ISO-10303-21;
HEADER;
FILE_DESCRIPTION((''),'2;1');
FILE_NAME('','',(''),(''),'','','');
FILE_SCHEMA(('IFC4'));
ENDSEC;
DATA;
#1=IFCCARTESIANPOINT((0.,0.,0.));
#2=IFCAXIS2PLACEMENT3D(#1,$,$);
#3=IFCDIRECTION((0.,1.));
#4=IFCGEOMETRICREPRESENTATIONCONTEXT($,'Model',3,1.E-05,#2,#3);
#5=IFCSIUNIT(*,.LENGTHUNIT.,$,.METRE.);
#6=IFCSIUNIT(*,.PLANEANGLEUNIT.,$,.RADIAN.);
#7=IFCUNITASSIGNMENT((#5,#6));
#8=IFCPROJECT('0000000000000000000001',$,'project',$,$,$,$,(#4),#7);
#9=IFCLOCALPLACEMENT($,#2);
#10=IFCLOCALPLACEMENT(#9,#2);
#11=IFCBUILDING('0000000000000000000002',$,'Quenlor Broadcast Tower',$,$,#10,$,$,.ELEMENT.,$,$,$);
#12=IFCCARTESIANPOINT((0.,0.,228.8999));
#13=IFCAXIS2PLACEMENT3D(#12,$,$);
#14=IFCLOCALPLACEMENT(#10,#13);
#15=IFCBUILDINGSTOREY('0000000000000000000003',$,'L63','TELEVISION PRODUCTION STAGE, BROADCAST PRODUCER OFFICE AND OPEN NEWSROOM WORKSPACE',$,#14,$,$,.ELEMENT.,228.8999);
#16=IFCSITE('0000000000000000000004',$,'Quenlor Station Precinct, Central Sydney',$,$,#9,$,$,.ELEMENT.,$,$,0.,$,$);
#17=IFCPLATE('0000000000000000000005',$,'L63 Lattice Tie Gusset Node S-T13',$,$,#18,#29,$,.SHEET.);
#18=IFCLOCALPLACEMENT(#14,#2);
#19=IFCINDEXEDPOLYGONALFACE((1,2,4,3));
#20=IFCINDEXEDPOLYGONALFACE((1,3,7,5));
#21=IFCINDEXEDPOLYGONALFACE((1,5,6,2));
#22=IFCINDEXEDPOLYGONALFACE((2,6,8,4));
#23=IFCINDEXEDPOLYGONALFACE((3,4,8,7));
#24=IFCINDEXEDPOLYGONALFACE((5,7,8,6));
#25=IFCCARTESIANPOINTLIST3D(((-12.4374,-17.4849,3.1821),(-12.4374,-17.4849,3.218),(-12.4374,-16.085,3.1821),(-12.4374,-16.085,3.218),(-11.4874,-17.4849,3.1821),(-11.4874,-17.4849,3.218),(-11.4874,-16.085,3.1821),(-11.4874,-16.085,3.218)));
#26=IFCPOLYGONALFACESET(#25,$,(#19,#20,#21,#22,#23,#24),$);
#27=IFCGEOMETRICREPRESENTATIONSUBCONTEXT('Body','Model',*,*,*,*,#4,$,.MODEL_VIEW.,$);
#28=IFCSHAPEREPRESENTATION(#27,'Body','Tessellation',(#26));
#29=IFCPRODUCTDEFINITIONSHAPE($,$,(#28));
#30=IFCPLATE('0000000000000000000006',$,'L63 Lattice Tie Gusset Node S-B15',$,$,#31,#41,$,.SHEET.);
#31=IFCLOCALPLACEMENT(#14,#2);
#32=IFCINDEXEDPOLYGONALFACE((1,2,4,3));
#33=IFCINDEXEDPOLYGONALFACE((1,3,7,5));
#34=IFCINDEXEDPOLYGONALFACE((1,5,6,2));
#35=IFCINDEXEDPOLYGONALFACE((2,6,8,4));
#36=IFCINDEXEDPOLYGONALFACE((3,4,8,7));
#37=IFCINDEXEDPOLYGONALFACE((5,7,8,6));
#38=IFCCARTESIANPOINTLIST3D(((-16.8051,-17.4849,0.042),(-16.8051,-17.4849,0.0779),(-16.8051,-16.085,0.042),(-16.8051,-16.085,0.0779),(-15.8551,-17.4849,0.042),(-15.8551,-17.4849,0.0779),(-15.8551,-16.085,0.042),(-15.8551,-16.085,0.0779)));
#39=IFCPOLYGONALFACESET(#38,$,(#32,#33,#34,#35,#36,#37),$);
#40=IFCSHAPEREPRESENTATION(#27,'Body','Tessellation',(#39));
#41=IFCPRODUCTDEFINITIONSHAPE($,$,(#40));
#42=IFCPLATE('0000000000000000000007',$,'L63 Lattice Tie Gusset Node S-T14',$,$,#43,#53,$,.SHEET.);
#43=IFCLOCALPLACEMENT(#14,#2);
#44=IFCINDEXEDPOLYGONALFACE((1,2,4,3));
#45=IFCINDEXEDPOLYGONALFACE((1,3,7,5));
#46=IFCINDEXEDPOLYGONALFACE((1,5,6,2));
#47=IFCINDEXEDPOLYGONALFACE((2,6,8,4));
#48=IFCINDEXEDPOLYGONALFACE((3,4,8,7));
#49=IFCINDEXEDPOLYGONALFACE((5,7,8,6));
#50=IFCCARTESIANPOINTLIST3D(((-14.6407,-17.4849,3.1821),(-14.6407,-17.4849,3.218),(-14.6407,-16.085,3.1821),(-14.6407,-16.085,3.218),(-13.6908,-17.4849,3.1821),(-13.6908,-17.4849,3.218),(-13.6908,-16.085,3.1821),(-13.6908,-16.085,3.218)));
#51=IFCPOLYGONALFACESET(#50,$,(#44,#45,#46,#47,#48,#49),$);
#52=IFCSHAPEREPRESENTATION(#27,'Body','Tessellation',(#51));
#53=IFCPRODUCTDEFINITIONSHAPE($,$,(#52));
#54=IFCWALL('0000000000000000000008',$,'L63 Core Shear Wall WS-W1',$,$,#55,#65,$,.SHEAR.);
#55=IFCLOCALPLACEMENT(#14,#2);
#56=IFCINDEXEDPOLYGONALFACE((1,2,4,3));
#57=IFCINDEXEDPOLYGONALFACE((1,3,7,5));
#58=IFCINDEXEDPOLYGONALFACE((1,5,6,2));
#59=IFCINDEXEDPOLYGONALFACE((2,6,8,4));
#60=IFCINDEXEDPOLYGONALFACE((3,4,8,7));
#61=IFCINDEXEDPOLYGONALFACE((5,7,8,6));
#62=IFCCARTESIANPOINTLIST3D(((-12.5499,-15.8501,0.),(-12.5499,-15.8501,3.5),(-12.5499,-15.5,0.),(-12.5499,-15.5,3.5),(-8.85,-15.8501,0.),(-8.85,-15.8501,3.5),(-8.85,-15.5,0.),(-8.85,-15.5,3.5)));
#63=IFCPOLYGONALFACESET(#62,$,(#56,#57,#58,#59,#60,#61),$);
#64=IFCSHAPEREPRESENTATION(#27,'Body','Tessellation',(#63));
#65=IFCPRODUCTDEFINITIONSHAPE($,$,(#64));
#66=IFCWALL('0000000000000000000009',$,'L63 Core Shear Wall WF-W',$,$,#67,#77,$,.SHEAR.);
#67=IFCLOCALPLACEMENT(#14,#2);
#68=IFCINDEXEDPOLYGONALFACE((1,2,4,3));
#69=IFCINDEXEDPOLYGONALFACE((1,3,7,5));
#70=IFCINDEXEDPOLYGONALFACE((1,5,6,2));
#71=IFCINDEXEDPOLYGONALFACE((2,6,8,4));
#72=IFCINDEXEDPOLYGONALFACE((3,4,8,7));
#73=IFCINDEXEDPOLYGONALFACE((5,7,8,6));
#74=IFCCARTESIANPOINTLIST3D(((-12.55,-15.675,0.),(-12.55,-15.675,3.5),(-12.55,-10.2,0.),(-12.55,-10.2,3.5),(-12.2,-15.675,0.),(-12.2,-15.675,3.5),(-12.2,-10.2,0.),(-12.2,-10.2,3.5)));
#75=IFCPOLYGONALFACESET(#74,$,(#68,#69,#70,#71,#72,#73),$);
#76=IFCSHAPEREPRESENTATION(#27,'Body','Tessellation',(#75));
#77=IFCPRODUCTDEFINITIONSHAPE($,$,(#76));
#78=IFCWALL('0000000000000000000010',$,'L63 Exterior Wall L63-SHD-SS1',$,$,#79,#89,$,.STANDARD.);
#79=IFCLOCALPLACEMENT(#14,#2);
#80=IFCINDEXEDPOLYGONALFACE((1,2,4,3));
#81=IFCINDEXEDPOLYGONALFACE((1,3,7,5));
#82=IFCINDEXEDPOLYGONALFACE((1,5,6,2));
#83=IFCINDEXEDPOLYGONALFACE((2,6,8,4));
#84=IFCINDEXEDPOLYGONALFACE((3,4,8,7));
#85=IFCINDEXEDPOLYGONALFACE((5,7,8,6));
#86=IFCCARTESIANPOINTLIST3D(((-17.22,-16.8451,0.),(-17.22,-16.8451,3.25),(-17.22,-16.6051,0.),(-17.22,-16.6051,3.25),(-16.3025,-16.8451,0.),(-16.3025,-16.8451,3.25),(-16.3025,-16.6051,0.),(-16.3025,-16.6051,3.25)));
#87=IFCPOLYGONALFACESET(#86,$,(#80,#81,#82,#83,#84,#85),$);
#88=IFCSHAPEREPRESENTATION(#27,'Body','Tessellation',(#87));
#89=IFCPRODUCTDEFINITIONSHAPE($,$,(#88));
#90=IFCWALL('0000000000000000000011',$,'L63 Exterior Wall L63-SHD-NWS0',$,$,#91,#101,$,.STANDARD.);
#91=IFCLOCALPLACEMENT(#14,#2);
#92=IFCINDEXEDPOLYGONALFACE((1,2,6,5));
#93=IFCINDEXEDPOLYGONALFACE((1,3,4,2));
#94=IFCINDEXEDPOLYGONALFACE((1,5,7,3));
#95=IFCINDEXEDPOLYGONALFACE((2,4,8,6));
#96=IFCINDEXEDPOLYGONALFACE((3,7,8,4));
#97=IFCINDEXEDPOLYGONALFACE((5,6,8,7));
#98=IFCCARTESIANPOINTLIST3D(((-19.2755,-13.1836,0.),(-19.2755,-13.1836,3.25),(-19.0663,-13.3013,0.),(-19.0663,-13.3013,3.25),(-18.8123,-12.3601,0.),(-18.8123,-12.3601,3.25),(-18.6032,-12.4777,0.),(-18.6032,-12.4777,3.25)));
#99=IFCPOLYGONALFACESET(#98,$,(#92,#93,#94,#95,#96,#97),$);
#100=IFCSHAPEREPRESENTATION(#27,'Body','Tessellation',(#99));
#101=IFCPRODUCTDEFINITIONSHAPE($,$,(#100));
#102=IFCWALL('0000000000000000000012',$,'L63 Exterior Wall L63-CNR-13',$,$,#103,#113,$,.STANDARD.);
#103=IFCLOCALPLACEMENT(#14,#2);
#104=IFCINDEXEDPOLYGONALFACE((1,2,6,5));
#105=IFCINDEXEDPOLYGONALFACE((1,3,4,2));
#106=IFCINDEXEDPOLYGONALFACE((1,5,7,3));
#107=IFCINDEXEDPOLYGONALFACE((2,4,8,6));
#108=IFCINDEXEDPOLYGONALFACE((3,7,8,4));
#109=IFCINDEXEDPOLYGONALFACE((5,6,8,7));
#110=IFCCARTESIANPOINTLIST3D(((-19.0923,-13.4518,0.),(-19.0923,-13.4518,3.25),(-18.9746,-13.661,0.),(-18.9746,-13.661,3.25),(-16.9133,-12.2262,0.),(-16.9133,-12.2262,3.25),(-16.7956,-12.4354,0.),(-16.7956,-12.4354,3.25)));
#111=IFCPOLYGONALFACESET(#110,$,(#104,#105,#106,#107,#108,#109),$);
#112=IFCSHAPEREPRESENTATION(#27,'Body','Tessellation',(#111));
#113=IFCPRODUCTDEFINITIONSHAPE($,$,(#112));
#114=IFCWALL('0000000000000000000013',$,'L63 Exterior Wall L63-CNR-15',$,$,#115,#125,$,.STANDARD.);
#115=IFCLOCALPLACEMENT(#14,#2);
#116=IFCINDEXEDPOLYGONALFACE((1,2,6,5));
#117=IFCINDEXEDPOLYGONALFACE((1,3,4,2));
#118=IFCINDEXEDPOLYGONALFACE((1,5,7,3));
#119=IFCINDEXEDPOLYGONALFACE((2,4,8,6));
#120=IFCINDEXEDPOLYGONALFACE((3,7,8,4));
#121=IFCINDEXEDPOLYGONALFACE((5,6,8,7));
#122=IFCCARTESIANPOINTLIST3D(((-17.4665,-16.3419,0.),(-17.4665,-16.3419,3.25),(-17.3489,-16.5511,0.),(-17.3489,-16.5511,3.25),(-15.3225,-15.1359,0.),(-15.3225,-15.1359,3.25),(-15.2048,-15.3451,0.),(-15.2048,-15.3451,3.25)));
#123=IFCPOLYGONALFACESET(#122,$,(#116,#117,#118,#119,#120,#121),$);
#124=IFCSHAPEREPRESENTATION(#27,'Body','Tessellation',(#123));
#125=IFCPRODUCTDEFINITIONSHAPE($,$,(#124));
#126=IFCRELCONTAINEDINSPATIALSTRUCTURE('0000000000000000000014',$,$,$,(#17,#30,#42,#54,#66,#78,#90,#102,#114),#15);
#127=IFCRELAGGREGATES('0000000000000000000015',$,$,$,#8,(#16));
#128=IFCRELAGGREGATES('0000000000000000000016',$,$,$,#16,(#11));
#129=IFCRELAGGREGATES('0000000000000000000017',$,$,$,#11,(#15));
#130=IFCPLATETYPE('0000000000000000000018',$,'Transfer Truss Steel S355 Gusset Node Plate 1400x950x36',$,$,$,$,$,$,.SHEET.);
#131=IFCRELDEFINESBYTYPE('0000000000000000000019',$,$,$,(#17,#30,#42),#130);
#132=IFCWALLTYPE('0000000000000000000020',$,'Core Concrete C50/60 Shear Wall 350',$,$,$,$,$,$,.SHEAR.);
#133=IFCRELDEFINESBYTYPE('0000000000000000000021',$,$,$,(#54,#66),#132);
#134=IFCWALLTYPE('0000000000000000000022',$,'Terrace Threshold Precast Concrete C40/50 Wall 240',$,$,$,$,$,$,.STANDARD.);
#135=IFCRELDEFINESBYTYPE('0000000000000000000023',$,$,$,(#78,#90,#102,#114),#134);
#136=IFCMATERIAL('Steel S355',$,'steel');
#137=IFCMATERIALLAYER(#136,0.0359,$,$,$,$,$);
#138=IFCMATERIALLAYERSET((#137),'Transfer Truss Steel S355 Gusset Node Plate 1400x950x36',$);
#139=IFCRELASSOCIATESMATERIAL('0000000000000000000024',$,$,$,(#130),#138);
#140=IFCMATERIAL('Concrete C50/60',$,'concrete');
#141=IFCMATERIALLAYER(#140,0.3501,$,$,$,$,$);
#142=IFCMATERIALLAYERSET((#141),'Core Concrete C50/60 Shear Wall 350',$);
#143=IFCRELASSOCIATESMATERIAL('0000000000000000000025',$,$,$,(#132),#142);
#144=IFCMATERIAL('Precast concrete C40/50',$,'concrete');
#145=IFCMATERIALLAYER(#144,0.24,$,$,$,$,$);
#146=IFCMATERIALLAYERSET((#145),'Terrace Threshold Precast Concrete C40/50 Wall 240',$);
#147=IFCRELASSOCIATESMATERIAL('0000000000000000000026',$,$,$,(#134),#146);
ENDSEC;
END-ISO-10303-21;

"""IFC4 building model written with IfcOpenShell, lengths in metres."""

from ifc_helpers import new_model, si_unit, direction, frame, frame_2d, origin, origin_2d, place, context, subcontext, project, spatial, rectangle, extrude, material, layer, layer_set, type_object, element, save


model = new_model("IFC4")

# Units and contexts
model_context = context("Model", 3, precision=1e-05, world=origin(), true_north=direction((0.0, 1.0)))
body_context = subcontext(model_context, "Body", "Model", "MODEL_VIEW")
ifc_project = project(units=[si_unit("LENGTHUNIT", "METRE"), si_unit("PLANEANGLEUNIT", "RADIAN")], contexts=[model_context])

# Site, building, storey
site_placement = place(None, origin())
site = spatial("IfcSite", under=ifc_project, at=site_placement, Name="Quenlor Station Precinct, Central Sydney", CompositionType="ELEMENT", RefElevation=0.0)
building_placement = place(site_placement, origin())
building = spatial("IfcBuilding", under=site, at=building_placement, Name="Quenlor Broadcast Tower", CompositionType="ELEMENT")
storey_placement = place(building_placement, frame((0.0, 0.0, 228.8999)))
storey = spatial("IfcBuildingStorey", under=building, at=storey_placement, Name="L63", Description="TELEVISION PRODUCTION STAGE, BROADCAST PRODUCER OFFICE AND OPEN NEWSROOM WORKSPACE", CompositionType="ELEMENT", Elevation=228.8999)

# Plates
ifc_material_1 = material(Name="Steel S355", Category="steel")
ifc_layer_1 = layer(ifc_material_1, 0.0359)
ifc_layer_set_1 = layer_set([ifc_layer_1], Name="Transfer Truss Steel S355 Gusset Node Plate 1400x950x36")
plate_type = type_object("IfcPlateType", Name="Transfer Truss Steel S355 Gusset Node Plate 1400x950x36", PredefinedType="SHEET", material=ifc_layer_set_1)
for number, where, z_axis, x_axis, name in (
    (1, (-11.9624, -16.7849, 3.1821), (0.0, 0.0, 1.0), (0.0, -1.0, 0.0), "L63 Lattice Tie Gusset Node S-T13"),
    (2, (-16.3301, -16.7849, 0.042), (0.0, 0.0, 1.0), (0.0, -1.0, 0.0), "L63 Lattice Tie Gusset Node S-B15"),
    (3, (-14.1658, -16.7849, 3.1821), (0.0, 0.0, 1.0), (0.0, -1.0, 0.0), "L63 Lattice Tie Gusset Node S-T14"),
):
    element("IfcPlate", number, at=place(storey_placement, frame(where, z_axis=z_axis, x_axis=x_axis)), inside=storey, type_object=plate_type, Name=name, PredefinedType="SHEET", context=body_context, shape_type="SweptSolid", body=[
        extrude(rectangle(XDim=1.3999, YDim=0.95, at=origin_2d()), origin(), (0.0, 0.0, 1.0), 0.0359),
    ])

# Walls
ifc_material_2 = material(Name="Concrete C50/60", Category="concrete")
ifc_layer_2 = layer(ifc_material_2, 0.3501)
ifc_layer_set_2 = layer_set([ifc_layer_2], Name="Core Concrete C50/60 Shear Wall 350")
wall_type_1 = type_object("IfcWallType", Name="Core Concrete C50/60 Shear Wall 350", PredefinedType="SHEAR", material=ifc_layer_set_2)
wall_1_placement = place(storey_placement, frame((-12.55, -15.675, 0.0), z_axis=(0.0, 0.0, 1.0), x_axis=(1.0, 0.0, 0.0)))
element("IfcWall", 4, at=wall_1_placement, inside=storey, type_object=wall_type_1, Name="L63 Core Shear Wall WS-W1", PredefinedType="SHEAR", context=body_context, shape_type="SweptSolid", body=[
    extrude(rectangle(XDim=3.7, YDim=0.3501, at=frame_2d((1.8501, 0.0))), origin(), (0.0, 0.0, 1.0), 3.5),
])
wall_2_placement = place(storey_placement, frame((-12.375, -15.675, 0.0), z_axis=(0.0, 0.0, 1.0), x_axis=(0.0, 1.0, 0.0)))
element("IfcWall", 5, at=wall_2_placement, inside=storey, type_object=wall_type_1, Name="L63 Core Shear Wall WF-W", PredefinedType="SHEAR", context=body_context, shape_type="SweptSolid", body=[
    extrude(rectangle(XDim=5.4751, YDim=0.3501, at=frame_2d((2.7375, 0.0))), origin(), (0.0, 0.0, 1.0), 3.5),
])
ifc_material_3 = material(Name="Precast concrete C40/50", Category="concrete")
ifc_layer_3 = layer(ifc_material_3, 0.24)
ifc_layer_set_3 = layer_set([ifc_layer_3], Name="Terrace Threshold Precast Concrete C40/50 Wall 240")
wall_type_2 = type_object("IfcWallType", Name="Terrace Threshold Precast Concrete C40/50 Wall 240", PredefinedType="STANDARD", material=ifc_layer_set_3)
wall_3_placement = place(storey_placement, frame((-16.3025, -16.7251, 0.0), z_axis=(0.0, 0.0, 1.0), x_axis=(-1.0, 0.0, 0.0)))
element("IfcWall", 6, at=wall_3_placement, inside=storey, type_object=wall_type_2, Name="L63 Exterior Wall L63-SHD-SS1", PredefinedType="STANDARD", context=body_context, shape_type="SweptSolid", body=[
    extrude(rectangle(XDim=0.9175, YDim=0.24, at=frame_2d((0.4587, 0.0))), origin(), (0.0, 0.0, 1.0), 3.25),
])
wall_4_placement = place(storey_placement, frame((-19.1709, -13.2424, 0.0), z_axis=(0.0, 0.0, 1.0), x_axis=(0.4902, 0.87161, 0.0)))
element("IfcWall", 7, at=wall_4_placement, inside=storey, type_object=wall_type_2, Name="L63 Exterior Wall L63-SHD-NWS0", PredefinedType="STANDARD", context=body_context, shape_type="SweptSolid", body=[
    extrude(rectangle(XDim=0.9448, YDim=0.24, at=frame_2d((0.4724, 0.0))), origin(), (0.0, 0.0, 1.0), 3.25),
])
wall_5_placement = place(storey_placement, frame((-19.0334, -13.5564, 0.0), z_axis=(0.0, 0.0, 1.0), x_axis=(0.871589, 0.490238, 0.0)))
element("IfcWall", 8, at=wall_5_placement, inside=storey, type_object=wall_type_2, Name="L63 Exterior Wall L63-CNR-13", PredefinedType="STANDARD", context=body_context, shape_type="SweptSolid", body=[
    extrude(rectangle(XDim=2.5, YDim=0.24, at=frame_2d((1.25, 0.0))), origin(), (0.0, 0.0, 1.0), 3.25),
])
wall_6_placement = place(storey_placement, frame((-15.2637, -15.2405, 0.0), z_axis=(0.0, 0.0, 1.0), x_axis=(-0.87157, -0.490271, 0.0)))
element("IfcWall", 9, at=wall_6_placement, inside=storey, type_object=wall_type_2, Name="L63 Exterior Wall L63-CNR-15", PredefinedType="STANDARD", context=body_context, shape_type="SweptSolid", body=[
    extrude(rectangle(XDim=2.46, YDim=0.24, at=frame_2d((1.23, 0.0))), origin(), (0.0, 0.0, 1.0), 3.25),
])

save(model, "model.ifc")
